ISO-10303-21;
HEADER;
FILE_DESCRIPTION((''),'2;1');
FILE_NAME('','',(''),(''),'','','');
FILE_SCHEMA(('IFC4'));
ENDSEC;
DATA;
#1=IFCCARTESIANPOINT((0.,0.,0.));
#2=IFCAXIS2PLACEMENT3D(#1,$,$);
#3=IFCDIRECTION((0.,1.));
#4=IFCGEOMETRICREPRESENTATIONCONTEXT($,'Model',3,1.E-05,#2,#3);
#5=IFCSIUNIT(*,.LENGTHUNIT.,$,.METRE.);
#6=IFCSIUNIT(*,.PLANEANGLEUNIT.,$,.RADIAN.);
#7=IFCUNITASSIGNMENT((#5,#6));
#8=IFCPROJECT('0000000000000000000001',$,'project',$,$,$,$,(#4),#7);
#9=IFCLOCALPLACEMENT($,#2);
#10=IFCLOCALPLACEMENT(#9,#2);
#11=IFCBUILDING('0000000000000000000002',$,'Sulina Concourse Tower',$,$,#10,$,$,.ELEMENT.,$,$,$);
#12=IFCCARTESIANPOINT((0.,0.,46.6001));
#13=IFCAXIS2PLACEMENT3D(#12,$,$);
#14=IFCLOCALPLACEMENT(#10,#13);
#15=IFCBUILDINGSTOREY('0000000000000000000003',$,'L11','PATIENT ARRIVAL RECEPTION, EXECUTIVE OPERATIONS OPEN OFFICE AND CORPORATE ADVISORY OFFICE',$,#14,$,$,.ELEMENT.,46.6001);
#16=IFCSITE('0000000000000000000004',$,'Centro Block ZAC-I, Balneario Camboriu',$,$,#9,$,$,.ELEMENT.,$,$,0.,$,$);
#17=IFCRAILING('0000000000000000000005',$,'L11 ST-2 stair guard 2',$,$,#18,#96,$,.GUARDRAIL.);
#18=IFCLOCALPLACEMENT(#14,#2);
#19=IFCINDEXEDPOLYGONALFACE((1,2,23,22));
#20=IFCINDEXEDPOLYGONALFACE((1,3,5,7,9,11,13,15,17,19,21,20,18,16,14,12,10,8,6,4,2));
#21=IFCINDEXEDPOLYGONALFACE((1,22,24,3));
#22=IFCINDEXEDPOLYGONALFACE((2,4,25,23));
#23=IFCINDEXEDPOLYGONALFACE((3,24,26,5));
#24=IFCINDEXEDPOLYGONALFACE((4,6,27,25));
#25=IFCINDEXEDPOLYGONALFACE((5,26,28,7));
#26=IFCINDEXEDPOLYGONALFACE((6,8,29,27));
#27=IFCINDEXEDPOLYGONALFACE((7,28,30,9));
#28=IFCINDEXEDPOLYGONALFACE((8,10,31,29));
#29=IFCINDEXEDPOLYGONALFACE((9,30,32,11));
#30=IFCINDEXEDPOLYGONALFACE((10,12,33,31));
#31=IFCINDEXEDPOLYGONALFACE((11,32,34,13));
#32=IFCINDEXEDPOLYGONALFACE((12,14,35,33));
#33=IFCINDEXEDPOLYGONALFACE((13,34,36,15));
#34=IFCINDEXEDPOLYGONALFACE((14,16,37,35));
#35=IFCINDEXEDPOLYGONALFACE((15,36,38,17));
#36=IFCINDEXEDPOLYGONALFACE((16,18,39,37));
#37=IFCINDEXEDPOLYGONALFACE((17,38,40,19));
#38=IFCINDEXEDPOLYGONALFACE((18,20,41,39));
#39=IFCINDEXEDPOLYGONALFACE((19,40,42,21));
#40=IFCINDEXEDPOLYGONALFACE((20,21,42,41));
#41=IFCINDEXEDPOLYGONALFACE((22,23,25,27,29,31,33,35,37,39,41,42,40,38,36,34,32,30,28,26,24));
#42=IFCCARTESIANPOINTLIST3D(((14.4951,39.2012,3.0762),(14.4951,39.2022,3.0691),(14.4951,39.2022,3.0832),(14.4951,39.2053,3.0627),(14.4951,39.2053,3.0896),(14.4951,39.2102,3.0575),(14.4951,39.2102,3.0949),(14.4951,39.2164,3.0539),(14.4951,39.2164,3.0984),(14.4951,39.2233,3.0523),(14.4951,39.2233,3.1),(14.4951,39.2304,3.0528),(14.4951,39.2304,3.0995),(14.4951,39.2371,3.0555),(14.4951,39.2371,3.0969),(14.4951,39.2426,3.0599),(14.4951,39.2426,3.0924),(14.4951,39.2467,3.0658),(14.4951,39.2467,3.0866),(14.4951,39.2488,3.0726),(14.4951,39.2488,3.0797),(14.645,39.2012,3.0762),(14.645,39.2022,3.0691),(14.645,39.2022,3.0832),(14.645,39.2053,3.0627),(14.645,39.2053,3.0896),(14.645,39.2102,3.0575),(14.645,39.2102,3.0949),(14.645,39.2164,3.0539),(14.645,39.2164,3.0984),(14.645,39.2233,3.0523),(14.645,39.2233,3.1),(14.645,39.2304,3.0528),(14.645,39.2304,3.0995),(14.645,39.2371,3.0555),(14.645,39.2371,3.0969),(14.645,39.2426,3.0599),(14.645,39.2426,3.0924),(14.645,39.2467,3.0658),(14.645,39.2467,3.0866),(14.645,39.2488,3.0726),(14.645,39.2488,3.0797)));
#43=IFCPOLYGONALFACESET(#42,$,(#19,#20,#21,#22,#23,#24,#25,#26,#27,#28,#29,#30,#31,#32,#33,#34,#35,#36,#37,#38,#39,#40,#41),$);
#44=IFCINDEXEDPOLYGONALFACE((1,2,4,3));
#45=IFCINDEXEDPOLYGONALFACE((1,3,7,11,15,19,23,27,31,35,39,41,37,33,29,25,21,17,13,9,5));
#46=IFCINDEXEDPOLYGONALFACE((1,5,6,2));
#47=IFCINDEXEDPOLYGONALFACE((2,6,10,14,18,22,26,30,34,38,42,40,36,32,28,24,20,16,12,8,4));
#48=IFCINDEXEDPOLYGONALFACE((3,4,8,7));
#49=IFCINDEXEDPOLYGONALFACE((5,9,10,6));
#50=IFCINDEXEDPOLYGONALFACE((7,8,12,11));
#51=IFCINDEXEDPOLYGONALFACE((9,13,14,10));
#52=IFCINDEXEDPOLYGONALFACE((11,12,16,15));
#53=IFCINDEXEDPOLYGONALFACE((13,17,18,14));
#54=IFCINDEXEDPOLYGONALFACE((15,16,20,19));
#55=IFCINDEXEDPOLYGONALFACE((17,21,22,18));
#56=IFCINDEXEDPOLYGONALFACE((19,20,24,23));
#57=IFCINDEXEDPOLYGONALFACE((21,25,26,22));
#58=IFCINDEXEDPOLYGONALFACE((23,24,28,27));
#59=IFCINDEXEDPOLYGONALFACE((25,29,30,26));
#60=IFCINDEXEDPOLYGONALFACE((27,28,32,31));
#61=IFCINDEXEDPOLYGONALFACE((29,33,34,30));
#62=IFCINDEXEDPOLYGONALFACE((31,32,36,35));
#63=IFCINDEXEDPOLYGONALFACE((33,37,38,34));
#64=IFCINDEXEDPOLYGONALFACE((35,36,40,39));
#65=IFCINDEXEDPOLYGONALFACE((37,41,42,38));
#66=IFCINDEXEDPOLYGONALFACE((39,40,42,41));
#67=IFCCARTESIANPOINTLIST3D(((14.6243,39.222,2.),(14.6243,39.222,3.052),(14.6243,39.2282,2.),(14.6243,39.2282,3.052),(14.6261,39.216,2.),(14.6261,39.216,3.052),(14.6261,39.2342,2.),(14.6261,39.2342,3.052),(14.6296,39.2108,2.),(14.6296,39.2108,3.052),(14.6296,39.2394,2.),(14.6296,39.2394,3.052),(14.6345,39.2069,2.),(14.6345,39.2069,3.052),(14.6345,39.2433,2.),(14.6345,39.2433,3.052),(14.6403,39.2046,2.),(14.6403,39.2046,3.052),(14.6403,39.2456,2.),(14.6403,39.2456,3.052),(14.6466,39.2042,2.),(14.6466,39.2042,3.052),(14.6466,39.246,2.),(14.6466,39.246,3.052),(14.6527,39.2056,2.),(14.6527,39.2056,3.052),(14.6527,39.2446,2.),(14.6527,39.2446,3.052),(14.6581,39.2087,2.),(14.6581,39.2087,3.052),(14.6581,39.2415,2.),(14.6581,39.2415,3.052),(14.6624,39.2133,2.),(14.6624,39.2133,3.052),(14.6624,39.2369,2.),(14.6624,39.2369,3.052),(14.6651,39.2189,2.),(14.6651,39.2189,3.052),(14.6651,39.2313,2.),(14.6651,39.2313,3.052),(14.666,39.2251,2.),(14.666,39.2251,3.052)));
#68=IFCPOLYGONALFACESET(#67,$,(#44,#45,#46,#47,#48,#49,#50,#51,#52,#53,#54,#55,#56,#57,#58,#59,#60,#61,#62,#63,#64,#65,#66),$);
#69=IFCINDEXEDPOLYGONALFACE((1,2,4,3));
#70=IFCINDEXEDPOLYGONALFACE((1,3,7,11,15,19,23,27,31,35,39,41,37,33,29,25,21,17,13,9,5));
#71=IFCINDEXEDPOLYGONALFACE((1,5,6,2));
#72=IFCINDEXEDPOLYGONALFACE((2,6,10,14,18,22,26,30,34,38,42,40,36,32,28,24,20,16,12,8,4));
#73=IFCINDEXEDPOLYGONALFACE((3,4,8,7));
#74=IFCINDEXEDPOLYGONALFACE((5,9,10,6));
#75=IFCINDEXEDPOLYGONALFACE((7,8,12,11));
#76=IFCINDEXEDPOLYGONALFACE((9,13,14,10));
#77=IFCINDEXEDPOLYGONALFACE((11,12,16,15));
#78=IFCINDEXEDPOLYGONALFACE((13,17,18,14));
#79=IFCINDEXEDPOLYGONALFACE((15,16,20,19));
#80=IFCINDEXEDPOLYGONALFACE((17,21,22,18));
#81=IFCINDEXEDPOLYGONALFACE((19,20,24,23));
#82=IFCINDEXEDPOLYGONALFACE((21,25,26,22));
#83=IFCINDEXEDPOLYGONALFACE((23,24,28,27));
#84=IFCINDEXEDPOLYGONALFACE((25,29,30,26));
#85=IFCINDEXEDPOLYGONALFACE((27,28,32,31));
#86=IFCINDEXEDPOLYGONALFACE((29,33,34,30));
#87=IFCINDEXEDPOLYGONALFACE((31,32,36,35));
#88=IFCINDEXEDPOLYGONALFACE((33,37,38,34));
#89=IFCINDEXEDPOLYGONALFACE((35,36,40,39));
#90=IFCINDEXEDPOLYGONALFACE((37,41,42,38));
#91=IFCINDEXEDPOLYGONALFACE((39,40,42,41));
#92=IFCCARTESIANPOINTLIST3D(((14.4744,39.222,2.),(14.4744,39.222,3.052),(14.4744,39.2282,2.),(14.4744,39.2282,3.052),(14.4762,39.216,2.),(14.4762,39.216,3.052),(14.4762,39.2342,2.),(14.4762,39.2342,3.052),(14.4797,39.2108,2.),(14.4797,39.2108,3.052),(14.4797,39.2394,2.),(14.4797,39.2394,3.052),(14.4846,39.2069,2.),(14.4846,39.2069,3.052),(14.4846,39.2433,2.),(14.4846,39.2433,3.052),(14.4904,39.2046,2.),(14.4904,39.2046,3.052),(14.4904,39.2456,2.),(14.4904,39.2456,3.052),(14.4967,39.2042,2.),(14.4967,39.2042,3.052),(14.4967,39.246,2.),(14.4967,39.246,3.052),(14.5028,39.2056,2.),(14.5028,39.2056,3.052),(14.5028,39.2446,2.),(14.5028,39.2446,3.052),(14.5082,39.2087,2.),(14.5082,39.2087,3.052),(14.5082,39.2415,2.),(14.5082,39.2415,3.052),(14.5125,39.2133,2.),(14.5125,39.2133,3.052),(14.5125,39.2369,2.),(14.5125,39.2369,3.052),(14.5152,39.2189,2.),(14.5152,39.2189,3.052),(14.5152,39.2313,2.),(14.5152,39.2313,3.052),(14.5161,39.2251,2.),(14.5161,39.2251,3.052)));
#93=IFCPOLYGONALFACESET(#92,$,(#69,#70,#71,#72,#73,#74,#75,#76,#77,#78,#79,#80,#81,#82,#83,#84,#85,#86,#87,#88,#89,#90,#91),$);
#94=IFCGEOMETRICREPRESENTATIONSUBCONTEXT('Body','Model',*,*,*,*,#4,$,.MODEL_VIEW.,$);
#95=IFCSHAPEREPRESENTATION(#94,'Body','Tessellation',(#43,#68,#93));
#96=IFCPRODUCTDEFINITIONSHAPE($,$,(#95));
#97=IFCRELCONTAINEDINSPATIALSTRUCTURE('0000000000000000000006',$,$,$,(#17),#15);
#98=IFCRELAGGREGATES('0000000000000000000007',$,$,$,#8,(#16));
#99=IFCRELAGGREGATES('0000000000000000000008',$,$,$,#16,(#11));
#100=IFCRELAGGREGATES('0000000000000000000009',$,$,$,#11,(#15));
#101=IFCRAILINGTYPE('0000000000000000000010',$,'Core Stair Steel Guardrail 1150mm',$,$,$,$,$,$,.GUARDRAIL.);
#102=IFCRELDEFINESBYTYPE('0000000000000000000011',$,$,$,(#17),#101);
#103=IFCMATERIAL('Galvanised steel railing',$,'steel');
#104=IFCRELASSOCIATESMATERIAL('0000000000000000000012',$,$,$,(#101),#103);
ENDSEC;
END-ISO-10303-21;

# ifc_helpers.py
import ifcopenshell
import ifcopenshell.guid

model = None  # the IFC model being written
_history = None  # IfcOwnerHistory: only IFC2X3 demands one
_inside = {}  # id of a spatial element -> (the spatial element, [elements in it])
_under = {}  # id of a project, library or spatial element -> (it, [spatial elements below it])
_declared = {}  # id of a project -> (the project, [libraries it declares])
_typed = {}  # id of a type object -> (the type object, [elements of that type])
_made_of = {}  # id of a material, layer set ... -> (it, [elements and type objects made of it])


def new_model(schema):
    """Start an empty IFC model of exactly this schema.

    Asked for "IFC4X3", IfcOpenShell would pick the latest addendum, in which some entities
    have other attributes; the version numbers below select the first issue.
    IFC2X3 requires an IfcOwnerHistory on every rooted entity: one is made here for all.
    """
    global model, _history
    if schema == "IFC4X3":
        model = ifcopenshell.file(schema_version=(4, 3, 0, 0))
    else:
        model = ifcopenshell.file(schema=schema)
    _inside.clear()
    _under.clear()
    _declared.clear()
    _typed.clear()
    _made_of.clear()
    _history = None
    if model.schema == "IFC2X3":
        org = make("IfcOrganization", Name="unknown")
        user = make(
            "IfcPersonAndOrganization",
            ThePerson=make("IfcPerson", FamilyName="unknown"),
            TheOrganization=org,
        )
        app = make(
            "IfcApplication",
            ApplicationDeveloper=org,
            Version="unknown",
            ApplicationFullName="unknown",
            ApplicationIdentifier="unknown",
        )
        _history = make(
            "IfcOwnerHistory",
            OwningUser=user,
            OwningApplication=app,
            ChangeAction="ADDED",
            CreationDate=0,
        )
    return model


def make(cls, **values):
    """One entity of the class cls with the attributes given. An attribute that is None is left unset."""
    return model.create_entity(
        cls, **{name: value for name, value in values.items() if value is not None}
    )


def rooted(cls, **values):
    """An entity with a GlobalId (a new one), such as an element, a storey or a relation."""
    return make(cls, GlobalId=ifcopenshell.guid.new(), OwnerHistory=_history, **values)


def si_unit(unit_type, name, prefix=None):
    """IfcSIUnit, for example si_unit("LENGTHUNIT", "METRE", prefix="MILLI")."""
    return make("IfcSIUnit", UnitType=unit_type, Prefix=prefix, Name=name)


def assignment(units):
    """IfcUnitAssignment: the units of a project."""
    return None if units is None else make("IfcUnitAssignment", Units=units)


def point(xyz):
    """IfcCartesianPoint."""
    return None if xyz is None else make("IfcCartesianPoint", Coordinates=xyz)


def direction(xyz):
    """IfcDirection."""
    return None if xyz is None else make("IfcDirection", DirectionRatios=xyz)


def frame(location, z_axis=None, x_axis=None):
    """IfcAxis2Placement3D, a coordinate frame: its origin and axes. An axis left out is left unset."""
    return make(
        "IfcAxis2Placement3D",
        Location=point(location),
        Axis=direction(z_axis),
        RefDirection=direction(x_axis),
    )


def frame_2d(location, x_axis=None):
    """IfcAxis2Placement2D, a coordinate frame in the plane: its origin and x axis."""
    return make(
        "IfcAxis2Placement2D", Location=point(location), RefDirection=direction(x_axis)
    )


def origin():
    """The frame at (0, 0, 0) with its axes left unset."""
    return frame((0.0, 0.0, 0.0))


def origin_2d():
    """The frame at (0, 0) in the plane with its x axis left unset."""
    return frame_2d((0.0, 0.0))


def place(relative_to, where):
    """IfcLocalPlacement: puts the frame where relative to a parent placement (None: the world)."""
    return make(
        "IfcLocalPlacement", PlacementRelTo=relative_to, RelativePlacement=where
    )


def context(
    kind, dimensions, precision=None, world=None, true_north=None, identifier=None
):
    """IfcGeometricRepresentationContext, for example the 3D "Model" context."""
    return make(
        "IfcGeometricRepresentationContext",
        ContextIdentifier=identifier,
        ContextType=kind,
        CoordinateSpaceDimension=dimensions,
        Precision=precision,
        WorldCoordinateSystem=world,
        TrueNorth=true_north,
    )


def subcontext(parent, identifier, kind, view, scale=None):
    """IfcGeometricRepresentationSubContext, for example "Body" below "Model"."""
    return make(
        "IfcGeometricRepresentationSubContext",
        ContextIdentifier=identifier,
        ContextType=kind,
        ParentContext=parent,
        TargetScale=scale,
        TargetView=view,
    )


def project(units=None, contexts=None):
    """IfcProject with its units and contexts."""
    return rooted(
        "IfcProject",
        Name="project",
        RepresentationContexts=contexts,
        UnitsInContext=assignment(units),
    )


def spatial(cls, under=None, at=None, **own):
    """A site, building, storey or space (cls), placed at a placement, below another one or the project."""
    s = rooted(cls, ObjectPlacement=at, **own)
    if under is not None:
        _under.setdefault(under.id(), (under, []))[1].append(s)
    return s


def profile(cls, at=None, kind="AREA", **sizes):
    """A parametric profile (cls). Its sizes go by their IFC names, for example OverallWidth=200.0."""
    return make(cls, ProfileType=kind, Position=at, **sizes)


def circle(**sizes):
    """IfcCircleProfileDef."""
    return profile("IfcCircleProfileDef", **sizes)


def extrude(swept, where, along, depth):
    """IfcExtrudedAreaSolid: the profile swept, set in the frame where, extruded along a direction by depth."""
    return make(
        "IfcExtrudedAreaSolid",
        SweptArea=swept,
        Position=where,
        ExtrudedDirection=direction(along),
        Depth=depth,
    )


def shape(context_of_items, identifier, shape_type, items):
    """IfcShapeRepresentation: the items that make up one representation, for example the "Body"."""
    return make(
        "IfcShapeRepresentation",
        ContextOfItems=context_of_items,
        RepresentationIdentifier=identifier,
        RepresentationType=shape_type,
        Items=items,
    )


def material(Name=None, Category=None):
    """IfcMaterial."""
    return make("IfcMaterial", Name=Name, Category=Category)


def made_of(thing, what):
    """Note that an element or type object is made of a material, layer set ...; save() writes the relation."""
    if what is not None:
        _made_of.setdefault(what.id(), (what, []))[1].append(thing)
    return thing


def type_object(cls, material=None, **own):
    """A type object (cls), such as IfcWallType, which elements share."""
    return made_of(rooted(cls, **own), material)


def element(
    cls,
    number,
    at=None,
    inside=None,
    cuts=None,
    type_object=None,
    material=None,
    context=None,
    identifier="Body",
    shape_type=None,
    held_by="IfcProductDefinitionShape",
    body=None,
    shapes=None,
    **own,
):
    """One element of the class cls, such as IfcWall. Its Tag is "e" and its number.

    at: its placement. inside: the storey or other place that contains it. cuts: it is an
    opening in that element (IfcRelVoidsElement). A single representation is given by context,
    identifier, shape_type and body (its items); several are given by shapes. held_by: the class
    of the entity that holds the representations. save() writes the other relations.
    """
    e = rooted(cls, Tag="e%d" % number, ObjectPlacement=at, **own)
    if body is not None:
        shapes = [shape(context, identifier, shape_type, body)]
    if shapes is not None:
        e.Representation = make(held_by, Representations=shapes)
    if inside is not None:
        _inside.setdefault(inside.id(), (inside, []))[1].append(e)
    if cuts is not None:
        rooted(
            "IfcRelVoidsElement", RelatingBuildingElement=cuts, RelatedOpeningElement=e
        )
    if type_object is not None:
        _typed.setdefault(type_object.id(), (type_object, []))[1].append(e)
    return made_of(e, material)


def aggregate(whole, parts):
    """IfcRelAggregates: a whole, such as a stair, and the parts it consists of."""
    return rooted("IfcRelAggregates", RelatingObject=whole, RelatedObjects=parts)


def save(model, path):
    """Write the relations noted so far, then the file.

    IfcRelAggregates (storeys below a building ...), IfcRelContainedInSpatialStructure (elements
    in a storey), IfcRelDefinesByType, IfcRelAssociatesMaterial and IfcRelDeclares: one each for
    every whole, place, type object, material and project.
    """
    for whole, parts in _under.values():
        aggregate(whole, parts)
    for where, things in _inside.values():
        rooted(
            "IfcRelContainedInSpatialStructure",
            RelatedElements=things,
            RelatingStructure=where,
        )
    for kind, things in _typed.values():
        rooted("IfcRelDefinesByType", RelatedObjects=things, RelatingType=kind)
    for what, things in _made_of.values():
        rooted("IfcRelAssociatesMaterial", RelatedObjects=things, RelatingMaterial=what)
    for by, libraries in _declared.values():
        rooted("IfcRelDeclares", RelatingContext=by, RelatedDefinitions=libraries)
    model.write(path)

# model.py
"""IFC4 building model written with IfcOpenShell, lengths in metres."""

from ifc_helpers import new_model, si_unit, direction, frame, origin, origin_2d, place, context, subcontext, project, spatial, circle, extrude, material, type_object, element, save


model = new_model("IFC4")

# Units and contexts
model_context = context("Model", 3, precision=1e-05, world=origin(), true_north=direction((0.0, 1.0)))
body_context = subcontext(model_context, "Body", "Model", "MODEL_VIEW")
ifc_project = project(units=[si_unit("LENGTHUNIT", "METRE"), si_unit("PLANEANGLEUNIT", "RADIAN")], contexts=[model_context])

# Site, building, storey
site_placement = place(None, origin())
site = spatial("IfcSite", under=ifc_project, at=site_placement, Name="Centro Block ZAC-I, Balneario Camboriu", CompositionType="ELEMENT", RefElevation=0.0)
building_placement = place(site_placement, origin())
building = spatial("IfcBuilding", under=site, at=building_placement, Name="Sulina Concourse Tower", CompositionType="ELEMENT")
storey_placement = place(building_placement, frame((0.0, 0.0, 46.6001)))
storey = spatial("IfcBuildingStorey", under=building, at=storey_placement, Name="L11", Description="PATIENT ARRIVAL RECEPTION, EXECUTIVE OPERATIONS OPEN OFFICE AND CORPORATE ADVISORY OFFICE", CompositionType="ELEMENT", Elevation=46.6001)

# Railing
ifc_material_1 = material(Name="Galvanised steel railing", Category="steel")
railing_type_1 = type_object("IfcRailingType", Name="Core Stair Steel Guardrail 1150mm", PredefinedType="GUARDRAIL", material=ifc_material_1)
railing_1_placement = place(storey_placement, frame((14.645, 39.2251, 2.0)))
element("IfcRailing", 1, at=railing_1_placement, inside=storey, type_object=railing_type_1, Name="L11 ST-2 stair guard 2", PredefinedType="GUARDRAIL", context=body_context, shape_type="SweptSolid", body=[
    extrude(circle(Radius=0.0239, at=origin_2d()), frame((0.0, 0.0, 1.0762), z_axis=(-1.0, 0.0, 0.0), x_axis=(0.0, -1.0, 0.0)), (0.0, 0.0, 1.0), 0.1499),
    extrude(circle(Radius=0.021, at=origin_2d()), origin(), (0.0, 0.0, 1.0), 1.052),
    extrude(circle(Radius=0.021, at=origin_2d()), frame((-0.1499, 0.0, 0.0)), (0.0, 0.0, 1.0), 1.052),
])

save(model, "model.ifc")
